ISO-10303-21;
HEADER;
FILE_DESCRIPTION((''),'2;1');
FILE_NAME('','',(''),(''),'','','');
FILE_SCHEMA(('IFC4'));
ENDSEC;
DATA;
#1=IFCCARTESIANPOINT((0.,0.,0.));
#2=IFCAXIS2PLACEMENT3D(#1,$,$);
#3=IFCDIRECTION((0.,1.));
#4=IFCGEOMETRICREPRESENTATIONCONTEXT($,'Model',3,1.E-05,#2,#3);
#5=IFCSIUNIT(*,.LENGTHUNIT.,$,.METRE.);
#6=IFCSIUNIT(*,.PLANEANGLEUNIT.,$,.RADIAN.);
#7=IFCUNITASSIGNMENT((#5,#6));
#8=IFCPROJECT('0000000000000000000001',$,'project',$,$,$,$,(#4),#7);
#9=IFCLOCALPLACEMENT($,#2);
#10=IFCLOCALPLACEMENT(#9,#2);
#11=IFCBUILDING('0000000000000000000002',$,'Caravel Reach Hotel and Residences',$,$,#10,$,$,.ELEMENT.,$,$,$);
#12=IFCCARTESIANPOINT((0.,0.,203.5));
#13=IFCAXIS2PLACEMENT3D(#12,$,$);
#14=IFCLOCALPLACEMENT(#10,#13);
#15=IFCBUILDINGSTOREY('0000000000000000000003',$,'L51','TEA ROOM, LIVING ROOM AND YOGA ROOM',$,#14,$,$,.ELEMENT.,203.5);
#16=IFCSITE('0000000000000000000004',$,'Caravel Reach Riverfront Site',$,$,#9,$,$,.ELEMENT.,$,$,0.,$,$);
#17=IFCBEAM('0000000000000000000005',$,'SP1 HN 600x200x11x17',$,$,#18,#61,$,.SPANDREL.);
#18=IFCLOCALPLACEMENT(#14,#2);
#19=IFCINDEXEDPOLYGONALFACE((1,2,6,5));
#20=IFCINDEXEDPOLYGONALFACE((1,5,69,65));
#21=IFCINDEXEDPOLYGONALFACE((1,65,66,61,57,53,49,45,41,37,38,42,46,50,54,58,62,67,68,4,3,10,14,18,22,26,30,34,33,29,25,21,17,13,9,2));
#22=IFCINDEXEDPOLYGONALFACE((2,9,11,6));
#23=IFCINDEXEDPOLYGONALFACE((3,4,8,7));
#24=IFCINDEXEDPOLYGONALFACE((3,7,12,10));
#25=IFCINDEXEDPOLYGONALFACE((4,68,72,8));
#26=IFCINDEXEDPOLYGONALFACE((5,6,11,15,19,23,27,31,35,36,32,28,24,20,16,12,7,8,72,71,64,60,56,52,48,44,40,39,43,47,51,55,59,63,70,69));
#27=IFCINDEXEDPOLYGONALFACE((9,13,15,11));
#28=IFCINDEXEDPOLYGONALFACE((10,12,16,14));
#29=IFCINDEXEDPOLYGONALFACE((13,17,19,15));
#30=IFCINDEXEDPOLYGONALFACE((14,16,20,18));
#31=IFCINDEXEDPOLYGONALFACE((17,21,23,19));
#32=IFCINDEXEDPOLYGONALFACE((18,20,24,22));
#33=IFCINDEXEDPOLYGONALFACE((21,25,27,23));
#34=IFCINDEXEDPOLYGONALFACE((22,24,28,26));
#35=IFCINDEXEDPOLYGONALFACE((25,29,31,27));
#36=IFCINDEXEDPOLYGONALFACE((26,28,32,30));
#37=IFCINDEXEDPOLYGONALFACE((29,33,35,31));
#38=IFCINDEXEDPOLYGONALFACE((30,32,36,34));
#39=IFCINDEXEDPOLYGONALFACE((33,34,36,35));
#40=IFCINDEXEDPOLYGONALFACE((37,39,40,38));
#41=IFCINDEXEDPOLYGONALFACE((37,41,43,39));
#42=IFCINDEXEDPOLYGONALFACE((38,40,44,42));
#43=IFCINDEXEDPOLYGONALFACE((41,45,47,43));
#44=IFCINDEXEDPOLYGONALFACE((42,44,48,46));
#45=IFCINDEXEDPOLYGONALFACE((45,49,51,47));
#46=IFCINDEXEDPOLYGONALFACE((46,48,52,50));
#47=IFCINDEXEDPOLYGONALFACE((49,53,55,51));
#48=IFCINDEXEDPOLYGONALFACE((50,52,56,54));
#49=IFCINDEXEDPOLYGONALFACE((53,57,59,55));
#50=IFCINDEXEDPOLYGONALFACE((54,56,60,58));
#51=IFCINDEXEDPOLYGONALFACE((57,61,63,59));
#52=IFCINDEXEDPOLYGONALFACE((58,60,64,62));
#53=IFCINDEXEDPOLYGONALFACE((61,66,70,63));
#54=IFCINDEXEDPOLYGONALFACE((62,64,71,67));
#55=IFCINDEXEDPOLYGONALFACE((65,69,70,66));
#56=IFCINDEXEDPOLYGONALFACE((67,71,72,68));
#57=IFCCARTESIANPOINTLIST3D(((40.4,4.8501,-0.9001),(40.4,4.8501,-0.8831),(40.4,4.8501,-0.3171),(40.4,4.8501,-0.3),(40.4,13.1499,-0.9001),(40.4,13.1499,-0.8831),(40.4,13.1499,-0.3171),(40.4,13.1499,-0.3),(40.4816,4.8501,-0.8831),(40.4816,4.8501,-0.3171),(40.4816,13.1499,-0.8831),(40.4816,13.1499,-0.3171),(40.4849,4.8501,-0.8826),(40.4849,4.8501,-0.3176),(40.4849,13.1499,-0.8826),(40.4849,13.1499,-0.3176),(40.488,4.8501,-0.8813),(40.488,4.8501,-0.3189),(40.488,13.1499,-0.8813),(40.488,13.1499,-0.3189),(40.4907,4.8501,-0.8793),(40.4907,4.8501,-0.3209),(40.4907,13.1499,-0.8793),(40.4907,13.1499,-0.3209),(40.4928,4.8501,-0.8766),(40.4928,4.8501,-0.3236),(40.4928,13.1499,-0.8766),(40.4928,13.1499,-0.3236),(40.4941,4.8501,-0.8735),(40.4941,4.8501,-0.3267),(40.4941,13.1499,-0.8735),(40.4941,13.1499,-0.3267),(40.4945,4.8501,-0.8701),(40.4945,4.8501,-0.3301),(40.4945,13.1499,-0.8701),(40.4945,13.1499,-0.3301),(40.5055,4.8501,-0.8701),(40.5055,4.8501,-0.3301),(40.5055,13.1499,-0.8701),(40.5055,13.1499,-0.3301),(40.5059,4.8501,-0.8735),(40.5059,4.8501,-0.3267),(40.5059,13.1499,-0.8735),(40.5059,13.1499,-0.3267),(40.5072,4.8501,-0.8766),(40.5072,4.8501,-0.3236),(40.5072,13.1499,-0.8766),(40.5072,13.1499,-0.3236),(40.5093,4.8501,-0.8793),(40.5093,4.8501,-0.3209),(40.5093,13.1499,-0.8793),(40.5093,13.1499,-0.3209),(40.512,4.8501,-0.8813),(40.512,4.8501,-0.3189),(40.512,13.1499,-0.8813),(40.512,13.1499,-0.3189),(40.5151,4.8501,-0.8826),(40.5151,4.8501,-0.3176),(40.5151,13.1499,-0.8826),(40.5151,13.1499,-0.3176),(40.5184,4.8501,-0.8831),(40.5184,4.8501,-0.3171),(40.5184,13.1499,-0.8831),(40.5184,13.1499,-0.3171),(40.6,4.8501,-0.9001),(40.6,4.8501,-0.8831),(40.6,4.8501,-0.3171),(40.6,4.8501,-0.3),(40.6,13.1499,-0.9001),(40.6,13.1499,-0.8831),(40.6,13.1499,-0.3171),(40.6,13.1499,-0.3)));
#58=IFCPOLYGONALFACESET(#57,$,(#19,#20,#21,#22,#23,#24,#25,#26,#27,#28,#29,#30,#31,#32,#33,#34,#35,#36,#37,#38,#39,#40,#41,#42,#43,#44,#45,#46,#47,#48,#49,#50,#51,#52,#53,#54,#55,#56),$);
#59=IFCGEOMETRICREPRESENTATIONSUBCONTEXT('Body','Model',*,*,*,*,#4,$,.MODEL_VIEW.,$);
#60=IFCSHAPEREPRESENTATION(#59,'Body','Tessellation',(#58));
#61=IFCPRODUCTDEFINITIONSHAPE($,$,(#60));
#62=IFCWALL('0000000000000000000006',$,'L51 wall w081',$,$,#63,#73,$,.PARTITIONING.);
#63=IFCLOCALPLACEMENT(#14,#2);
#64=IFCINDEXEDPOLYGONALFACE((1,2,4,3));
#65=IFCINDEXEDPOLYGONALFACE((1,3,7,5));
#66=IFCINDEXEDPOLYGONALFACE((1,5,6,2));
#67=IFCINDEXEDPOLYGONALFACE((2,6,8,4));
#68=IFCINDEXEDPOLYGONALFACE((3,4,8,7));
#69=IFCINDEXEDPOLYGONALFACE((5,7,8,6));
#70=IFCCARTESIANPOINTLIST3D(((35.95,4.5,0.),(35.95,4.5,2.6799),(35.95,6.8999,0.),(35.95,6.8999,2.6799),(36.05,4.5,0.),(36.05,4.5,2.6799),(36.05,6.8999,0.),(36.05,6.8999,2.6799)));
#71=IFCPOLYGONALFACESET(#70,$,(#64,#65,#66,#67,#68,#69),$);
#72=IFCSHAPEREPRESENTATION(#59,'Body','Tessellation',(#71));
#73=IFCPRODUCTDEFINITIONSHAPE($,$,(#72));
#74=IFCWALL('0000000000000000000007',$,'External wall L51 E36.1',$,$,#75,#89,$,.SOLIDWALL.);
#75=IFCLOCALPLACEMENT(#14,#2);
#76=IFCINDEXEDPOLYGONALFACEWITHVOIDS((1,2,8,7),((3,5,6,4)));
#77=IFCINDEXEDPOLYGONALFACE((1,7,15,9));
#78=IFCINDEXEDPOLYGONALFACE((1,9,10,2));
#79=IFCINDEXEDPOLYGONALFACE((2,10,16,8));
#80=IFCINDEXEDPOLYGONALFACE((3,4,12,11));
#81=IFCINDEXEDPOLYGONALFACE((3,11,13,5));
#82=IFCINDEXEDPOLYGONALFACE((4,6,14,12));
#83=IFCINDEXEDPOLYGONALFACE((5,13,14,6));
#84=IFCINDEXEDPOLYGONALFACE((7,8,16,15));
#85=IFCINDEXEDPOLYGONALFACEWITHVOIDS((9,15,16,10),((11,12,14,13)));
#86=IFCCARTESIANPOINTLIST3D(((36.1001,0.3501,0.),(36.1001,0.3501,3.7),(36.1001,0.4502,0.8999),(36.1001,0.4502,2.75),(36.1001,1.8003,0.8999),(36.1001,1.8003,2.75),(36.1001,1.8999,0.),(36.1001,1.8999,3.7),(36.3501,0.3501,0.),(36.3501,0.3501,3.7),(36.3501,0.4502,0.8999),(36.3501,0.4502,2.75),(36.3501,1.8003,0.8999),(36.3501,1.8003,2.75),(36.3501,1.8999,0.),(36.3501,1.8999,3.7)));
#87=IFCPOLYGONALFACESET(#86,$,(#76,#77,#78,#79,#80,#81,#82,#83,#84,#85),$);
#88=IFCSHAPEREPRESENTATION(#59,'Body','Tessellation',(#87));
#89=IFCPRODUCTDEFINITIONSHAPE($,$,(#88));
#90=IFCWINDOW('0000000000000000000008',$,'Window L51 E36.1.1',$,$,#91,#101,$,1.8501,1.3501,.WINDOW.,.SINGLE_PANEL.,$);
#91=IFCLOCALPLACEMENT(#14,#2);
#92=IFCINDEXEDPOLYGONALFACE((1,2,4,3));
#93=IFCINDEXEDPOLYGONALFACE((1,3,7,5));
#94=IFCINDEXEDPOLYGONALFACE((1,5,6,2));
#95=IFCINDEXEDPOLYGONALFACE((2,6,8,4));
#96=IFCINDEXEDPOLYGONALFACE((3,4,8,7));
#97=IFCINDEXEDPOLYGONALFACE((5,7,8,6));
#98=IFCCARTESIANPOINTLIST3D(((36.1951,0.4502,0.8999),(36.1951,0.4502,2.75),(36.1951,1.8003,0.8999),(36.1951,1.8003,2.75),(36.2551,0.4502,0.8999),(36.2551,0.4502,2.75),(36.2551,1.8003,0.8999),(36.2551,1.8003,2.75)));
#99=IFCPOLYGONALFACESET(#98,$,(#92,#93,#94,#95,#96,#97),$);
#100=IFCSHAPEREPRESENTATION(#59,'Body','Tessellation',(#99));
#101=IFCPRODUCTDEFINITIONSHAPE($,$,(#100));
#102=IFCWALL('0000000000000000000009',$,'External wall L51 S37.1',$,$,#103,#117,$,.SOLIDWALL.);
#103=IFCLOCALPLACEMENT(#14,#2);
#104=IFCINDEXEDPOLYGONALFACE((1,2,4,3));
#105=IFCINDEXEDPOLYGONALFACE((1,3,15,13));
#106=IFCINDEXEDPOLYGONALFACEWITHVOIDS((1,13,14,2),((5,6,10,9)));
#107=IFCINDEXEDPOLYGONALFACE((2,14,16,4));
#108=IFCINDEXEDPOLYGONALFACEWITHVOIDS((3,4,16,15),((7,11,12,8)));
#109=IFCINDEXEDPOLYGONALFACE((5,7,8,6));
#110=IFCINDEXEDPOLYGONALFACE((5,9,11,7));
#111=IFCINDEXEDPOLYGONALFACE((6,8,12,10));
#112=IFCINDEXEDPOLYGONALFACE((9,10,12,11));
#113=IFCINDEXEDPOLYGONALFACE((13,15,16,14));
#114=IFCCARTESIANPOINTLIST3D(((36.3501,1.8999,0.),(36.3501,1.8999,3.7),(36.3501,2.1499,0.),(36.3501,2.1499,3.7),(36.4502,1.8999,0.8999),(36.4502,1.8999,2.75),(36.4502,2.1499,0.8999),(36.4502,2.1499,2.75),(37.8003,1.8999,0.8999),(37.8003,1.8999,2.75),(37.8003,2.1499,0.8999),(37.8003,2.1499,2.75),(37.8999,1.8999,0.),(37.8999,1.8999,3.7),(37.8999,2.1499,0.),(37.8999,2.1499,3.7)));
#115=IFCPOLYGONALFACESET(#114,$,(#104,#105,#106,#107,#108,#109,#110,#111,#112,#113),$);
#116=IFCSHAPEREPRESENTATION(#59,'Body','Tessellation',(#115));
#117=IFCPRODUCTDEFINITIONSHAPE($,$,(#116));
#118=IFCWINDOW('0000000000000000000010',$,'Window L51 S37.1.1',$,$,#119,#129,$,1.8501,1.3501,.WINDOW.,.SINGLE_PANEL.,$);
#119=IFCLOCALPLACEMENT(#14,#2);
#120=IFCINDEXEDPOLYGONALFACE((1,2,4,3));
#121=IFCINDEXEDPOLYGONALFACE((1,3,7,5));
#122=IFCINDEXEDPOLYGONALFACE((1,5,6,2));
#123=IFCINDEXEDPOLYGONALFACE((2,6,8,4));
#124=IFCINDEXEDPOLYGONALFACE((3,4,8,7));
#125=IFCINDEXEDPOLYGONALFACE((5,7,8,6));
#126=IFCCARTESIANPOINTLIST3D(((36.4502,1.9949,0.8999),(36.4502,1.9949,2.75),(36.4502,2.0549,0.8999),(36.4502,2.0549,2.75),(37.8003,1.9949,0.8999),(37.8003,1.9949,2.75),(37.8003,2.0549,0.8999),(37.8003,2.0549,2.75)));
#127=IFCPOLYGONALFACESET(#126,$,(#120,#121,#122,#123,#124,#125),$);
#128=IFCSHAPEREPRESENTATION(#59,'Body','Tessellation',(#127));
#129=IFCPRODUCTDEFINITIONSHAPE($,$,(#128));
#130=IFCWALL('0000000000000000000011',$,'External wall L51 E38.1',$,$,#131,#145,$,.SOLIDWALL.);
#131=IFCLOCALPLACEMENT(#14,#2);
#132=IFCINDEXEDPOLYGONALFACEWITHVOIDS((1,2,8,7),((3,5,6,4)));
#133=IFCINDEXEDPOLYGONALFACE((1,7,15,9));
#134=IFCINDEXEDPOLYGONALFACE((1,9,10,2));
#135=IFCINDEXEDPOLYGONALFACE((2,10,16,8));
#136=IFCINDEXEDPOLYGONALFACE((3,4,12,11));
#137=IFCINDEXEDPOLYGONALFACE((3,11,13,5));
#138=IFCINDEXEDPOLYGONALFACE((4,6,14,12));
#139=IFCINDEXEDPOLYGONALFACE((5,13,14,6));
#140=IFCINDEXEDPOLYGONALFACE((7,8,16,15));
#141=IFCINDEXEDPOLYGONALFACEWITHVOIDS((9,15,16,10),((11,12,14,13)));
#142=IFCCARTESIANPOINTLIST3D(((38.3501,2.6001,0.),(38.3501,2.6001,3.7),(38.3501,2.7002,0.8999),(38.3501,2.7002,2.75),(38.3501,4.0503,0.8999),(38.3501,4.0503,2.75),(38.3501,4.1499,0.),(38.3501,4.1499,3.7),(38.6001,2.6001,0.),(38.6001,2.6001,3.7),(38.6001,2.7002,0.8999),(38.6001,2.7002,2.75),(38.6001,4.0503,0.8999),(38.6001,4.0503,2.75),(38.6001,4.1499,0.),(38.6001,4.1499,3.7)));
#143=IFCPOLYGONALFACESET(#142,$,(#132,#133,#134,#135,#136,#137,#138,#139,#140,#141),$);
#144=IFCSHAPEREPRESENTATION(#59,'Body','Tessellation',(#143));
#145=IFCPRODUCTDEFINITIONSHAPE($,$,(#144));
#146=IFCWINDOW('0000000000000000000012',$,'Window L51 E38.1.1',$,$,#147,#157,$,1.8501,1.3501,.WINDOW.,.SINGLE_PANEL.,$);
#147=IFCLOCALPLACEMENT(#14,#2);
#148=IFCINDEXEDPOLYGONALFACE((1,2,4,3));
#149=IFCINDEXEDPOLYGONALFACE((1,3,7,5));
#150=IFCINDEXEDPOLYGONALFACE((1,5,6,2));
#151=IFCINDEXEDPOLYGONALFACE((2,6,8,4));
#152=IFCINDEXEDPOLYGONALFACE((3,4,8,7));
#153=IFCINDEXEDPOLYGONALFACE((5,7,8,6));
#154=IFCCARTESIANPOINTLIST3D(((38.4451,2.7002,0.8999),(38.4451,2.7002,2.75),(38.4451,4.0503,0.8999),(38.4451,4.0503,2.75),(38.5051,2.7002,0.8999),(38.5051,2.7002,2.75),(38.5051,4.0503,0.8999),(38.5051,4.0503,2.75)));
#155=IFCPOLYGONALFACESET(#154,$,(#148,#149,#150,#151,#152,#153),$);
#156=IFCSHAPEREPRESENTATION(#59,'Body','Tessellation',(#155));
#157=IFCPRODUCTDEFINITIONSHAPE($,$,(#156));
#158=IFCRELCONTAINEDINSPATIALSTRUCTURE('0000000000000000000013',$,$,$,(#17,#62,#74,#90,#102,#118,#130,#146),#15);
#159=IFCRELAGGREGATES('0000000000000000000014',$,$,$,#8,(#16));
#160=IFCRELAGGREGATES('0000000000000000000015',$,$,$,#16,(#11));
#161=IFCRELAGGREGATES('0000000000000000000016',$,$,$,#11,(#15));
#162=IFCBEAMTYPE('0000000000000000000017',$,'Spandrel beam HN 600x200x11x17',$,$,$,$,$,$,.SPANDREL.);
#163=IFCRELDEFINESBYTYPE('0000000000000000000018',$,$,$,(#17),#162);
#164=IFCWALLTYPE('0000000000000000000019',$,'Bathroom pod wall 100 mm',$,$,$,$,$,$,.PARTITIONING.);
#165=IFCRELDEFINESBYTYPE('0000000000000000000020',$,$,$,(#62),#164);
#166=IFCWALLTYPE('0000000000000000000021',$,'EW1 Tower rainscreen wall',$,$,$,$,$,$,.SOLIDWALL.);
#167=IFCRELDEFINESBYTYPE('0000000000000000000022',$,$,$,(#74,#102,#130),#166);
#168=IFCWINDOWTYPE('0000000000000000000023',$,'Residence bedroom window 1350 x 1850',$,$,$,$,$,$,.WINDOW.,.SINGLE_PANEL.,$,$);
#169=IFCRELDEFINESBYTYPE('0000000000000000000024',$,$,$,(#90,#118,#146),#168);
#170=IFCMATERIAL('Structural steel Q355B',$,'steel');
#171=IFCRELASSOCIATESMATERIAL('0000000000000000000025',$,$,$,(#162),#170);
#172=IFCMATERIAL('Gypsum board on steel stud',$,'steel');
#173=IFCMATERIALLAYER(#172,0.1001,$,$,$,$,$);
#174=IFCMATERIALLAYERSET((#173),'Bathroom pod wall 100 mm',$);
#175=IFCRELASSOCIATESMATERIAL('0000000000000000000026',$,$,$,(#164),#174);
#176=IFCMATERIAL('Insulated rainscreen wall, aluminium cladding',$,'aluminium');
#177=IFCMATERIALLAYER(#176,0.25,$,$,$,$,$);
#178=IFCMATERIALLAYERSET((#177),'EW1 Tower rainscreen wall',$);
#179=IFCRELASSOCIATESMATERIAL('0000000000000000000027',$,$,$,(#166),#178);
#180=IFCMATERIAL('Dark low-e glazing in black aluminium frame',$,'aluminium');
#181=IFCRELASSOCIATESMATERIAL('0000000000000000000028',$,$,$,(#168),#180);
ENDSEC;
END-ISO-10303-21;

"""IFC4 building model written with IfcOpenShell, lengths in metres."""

from ifc_helpers import new_model, si_unit, direction, frame, frame_2d, origin, origin_2d, place, context, subcontext, project, spatial, rectangle, i_section, extrude, material, layer, layer_set, material_profile, profile_set, type_object, element, fill, save


model = new_model("IFC4")

# Units and contexts
model_context = context("Model", 3, precision=1e-05, world=origin(), true_north=direction((0.0, 1.0)))
body_context = subcontext(model_context, "Body", "Model", "MODEL_VIEW")
ifc_project = project(units=[si_unit("LENGTHUNIT", "METRE"), si_unit("PLANEANGLEUNIT", "RADIAN")], contexts=[model_context])

# Site, building, storey
site_placement = place(None, origin())
site = spatial("IfcSite", under=ifc_project, at=site_placement, Name="Caravel Reach Riverfront Site", CompositionType="ELEMENT", RefElevation=0.0)
building_placement = place(site_placement, origin())
building = spatial("IfcBuilding", under=site, at=building_placement, Name="Caravel Reach Hotel and Residences", CompositionType="ELEMENT")
storey_placement = place(building_placement, frame((0.0, 0.0, 203.5)))
storey = spatial("IfcBuildingStorey", under=building, at=storey_placement, Name="L51", Description="TEA ROOM, LIVING ROOM AND YOGA ROOM", CompositionType="ELEMENT", Elevation=203.5)

# Beam
ifc_material_1 = material(Name="Structural steel Q355B", Category="steel")
ifc_material_profile_1 = material_profile(ifc_material_1, i_section(OverallWidth=0.2, OverallDepth=0.6001, WebThickness=0.011, FlangeThickness=0.0171, FilletRadius=0.0129, at=origin_2d()), Name="HN 600x200x11x17")
ifc_profile_set_1 = profile_set([ifc_material_profile_1], Name="Structural steel Q355B")
beam_type = type_object("IfcBeamType", Name="Spandrel beam HN 600x200x11x17", PredefinedType="SPANDREL", material=ifc_profile_set_1)
beam_placement = place(storey_placement, frame((40.5, 4.8501, -0.6001), z_axis=(0.0, 1.0, 0.0), x_axis=(-1.0, 0.0, 0.0)))
element("IfcBeam", 1, at=beam_placement, inside=storey, type_object=beam_type, Name="SP1 HN 600x200x11x17", PredefinedType="SPANDREL", context=body_context, shape_type="SweptSolid", body=[
    extrude(i_section(OverallWidth=0.2, OverallDepth=0.6001, WebThickness=0.011, FlangeThickness=0.0171, FilletRadius=0.0129, at=origin_2d()), origin(), (0.0, 0.0, 1.0), 8.2998),
])

# Wall
ifc_material_2 = material(Name="Gypsum board on steel stud", Category="steel")
ifc_layer_1 = layer(ifc_material_2, 0.1001)
ifc_layer_set_1 = layer_set([ifc_layer_1], Name="Bathroom pod wall 100 mm")
wall_type_1 = type_object("IfcWallType", Name="Bathroom pod wall 100 mm", PredefinedType="PARTITIONING", material=ifc_layer_set_1)
wall_1_placement = place(storey_placement, frame((36.0, 4.5, 0.0), z_axis=(0.0, 0.0, 1.0), x_axis=(0.0, 1.0, 0.0)))
element("IfcWall", 2, at=wall_1_placement, inside=storey, type_object=wall_type_1, Name="L51 wall w081", PredefinedType="PARTITIONING", context=body_context, shape_type="SweptSolid", body=[
    extrude(rectangle(XDim=2.3999, YDim=0.1001, at=frame_2d((1.2, 0.0))), origin(), (0.0, 0.0, 1.0), 2.6799),
])

# Walls, openings, windows
ifc_material_3 = material(Name="Insulated rainscreen wall, aluminium cladding", Category="aluminium")
ifc_layer_2 = layer(ifc_material_3, 0.25)
ifc_layer_set_2 = layer_set([ifc_layer_2], Name="EW1 Tower rainscreen wall")
wall_type_2 = type_object("IfcWallType", Name="EW1 Tower rainscreen wall", PredefinedType="SOLIDWALL", material=ifc_layer_set_2)
wall_2_placement = place(storey_placement, frame((36.2251, 0.3501, 0.0), z_axis=(0.0, 0.0, 1.0), x_axis=(0.0, 1.0, 0.0)))
wall_2 = element("IfcWall", 3, at=wall_2_placement, inside=storey, type_object=wall_type_2, Name="External wall L51 E36.1", PredefinedType="SOLIDWALL", context=body_context, shape_type="SweptSolid", body=[
    extrude(rectangle(XDim=1.5498, YDim=0.25, at=frame_2d((0.7749, 0.0))), origin(), (0.0, 0.0, 1.0), 3.7),
])
opening_1_placement = place(wall_2_placement, frame((0.1001, 0.0, 0.8999)))
opening_1 = element("IfcOpeningElement", 4, at=opening_1_placement, cuts=wall_2, PredefinedType="OPENING", context=body_context, shape_type="SweptSolid", body=[
    extrude(rectangle(XDim=1.3501, YDim=1.8501, at=frame_2d((0.675, 0.925))), frame((0.0, 0.135, 0.0), z_axis=(0.0, -1.0, 0.0), x_axis=(1.0, 0.0, 0.0)), (0.0, 0.0, 1.0), 0.27),
])
ifc_material_4 = material(Name="Dark low-e glazing in black aluminium frame", Category="aluminium")
window_type_1 = type_object("IfcWindowType", Name="Residence bedroom window 1350 x 1850", PartitioningType="SINGLE_PANEL", PredefinedType="WINDOW", material=ifc_material_4)
window_1_placement = place(opening_1_placement, origin())
window_1 = element("IfcWindow", 5, at=window_1_placement, inside=storey, type_object=window_type_1, Name="Window L51 E36.1.1", OverallHeight=1.8501, OverallWidth=1.3501, PartitioningType="SINGLE_PANEL", PredefinedType="WINDOW", context=body_context, shape_type="SweptSolid", body=[
    extrude(rectangle(XDim=1.3501, YDim=1.8501, at=frame_2d((0.675, 0.925))), frame((0.0, 0.03, 0.0), z_axis=(0.0, -1.0, 0.0), x_axis=(1.0, 0.0, 0.0)), (0.0, 0.0, 1.0), 0.0601),
])
fill(opening_1, window_1)
wall_3_placement = place(storey_placement, frame((36.3501, 2.0249, 0.0), z_axis=(0.0, 0.0, 1.0), x_axis=(1.0, 0.0, 0.0)))
wall_3 = element("IfcWall", 6, at=wall_3_placement, inside=storey, type_object=wall_type_2, Name="External wall L51 S37.1", PredefinedType="SOLIDWALL", context=body_context, shape_type="SweptSolid", body=[
    extrude(rectangle(XDim=1.5498, YDim=0.25, at=frame_2d((0.7749, 0.0))), origin(), (0.0, 0.0, 1.0), 3.7),
])
opening_2_placement = place(wall_3_placement, frame((0.1001, 0.0, 0.8999)))
opening_2 = element("IfcOpeningElement", 7, at=opening_2_placement, cuts=wall_3, PredefinedType="OPENING", context=body_context, shape_type="SweptSolid", body=[
    extrude(rectangle(XDim=1.3501, YDim=1.8501, at=frame_2d((0.675, 0.925))), frame((0.0, 0.135, 0.0), z_axis=(0.0, -1.0, 0.0), x_axis=(1.0, 0.0, 0.0)), (0.0, 0.0, 1.0), 0.27),
])
window_2_placement = place(opening_2_placement, origin())
window_2 = element("IfcWindow", 8, at=window_2_placement, inside=storey, type_object=window_type_1, Name="Window L51 S37.1.1", OverallHeight=1.8501, OverallWidth=1.3501, PartitioningType="SINGLE_PANEL", PredefinedType="WINDOW", context=body_context, shape_type="SweptSolid", body=[
    extrude(rectangle(XDim=1.3501, YDim=1.8501, at=frame_2d((0.675, 0.925))), frame((0.0, 0.03, 0.0), z_axis=(0.0, -1.0, 0.0), x_axis=(1.0, 0.0, 0.0)), (0.0, 0.0, 1.0), 0.0601),
])
fill(opening_2, window_2)
wall_4_placement = place(storey_placement, frame((38.4751, 2.6001, 0.0), z_axis=(0.0, 0.0, 1.0), x_axis=(0.0, 1.0, 0.0)))
wall_4 = element("IfcWall", 9, at=wall_4_placement, inside=storey, type_object=wall_type_2, Name="External wall L51 E38.1", PredefinedType="SOLIDWALL", context=body_context, shape_type="SweptSolid", body=[
    extrude(rectangle(XDim=1.5498, YDim=0.25, at=frame_2d((0.7749, 0.0))), origin(), (0.0, 0.0, 1.0), 3.7),
])
opening_3_placement = place(wall_4_placement, frame((0.1001, 0.0, 0.8999)))
opening_3 = element("IfcOpeningElement", 10, at=opening_3_placement, cuts=wall_4, PredefinedType="OPENING", context=body_context, shape_type="SweptSolid", body=[
    extrude(rectangle(XDim=1.3501, YDim=1.8501, at=frame_2d((0.675, 0.925))), frame((0.0, 0.135, 0.0), z_axis=(0.0, -1.0, 0.0), x_axis=(1.0, 0.0, 0.0)), (0.0, 0.0, 1.0), 0.27),
])
window_3_placement = place(opening_3_placement, origin())
window_3 = element("IfcWindow", 11, at=window_3_placement, inside=storey, type_object=window_type_1, Name="Window L51 E38.1.1", OverallHeight=1.8501, OverallWidth=1.3501, PartitioningType="SINGLE_PANEL", PredefinedType="WINDOW", context=body_context, shape_type="SweptSolid", body=[
    extrude(rectangle(XDim=1.3501, YDim=1.8501, at=frame_2d((0.675, 0.925))), frame((0.0, 0.03, 0.0), z_axis=(0.0, -1.0, 0.0), x_axis=(1.0, 0.0, 0.0)), (0.0, 0.0, 1.0), 0.0601),
])
fill(opening_3, window_3)

save(model, "model.ifc")
